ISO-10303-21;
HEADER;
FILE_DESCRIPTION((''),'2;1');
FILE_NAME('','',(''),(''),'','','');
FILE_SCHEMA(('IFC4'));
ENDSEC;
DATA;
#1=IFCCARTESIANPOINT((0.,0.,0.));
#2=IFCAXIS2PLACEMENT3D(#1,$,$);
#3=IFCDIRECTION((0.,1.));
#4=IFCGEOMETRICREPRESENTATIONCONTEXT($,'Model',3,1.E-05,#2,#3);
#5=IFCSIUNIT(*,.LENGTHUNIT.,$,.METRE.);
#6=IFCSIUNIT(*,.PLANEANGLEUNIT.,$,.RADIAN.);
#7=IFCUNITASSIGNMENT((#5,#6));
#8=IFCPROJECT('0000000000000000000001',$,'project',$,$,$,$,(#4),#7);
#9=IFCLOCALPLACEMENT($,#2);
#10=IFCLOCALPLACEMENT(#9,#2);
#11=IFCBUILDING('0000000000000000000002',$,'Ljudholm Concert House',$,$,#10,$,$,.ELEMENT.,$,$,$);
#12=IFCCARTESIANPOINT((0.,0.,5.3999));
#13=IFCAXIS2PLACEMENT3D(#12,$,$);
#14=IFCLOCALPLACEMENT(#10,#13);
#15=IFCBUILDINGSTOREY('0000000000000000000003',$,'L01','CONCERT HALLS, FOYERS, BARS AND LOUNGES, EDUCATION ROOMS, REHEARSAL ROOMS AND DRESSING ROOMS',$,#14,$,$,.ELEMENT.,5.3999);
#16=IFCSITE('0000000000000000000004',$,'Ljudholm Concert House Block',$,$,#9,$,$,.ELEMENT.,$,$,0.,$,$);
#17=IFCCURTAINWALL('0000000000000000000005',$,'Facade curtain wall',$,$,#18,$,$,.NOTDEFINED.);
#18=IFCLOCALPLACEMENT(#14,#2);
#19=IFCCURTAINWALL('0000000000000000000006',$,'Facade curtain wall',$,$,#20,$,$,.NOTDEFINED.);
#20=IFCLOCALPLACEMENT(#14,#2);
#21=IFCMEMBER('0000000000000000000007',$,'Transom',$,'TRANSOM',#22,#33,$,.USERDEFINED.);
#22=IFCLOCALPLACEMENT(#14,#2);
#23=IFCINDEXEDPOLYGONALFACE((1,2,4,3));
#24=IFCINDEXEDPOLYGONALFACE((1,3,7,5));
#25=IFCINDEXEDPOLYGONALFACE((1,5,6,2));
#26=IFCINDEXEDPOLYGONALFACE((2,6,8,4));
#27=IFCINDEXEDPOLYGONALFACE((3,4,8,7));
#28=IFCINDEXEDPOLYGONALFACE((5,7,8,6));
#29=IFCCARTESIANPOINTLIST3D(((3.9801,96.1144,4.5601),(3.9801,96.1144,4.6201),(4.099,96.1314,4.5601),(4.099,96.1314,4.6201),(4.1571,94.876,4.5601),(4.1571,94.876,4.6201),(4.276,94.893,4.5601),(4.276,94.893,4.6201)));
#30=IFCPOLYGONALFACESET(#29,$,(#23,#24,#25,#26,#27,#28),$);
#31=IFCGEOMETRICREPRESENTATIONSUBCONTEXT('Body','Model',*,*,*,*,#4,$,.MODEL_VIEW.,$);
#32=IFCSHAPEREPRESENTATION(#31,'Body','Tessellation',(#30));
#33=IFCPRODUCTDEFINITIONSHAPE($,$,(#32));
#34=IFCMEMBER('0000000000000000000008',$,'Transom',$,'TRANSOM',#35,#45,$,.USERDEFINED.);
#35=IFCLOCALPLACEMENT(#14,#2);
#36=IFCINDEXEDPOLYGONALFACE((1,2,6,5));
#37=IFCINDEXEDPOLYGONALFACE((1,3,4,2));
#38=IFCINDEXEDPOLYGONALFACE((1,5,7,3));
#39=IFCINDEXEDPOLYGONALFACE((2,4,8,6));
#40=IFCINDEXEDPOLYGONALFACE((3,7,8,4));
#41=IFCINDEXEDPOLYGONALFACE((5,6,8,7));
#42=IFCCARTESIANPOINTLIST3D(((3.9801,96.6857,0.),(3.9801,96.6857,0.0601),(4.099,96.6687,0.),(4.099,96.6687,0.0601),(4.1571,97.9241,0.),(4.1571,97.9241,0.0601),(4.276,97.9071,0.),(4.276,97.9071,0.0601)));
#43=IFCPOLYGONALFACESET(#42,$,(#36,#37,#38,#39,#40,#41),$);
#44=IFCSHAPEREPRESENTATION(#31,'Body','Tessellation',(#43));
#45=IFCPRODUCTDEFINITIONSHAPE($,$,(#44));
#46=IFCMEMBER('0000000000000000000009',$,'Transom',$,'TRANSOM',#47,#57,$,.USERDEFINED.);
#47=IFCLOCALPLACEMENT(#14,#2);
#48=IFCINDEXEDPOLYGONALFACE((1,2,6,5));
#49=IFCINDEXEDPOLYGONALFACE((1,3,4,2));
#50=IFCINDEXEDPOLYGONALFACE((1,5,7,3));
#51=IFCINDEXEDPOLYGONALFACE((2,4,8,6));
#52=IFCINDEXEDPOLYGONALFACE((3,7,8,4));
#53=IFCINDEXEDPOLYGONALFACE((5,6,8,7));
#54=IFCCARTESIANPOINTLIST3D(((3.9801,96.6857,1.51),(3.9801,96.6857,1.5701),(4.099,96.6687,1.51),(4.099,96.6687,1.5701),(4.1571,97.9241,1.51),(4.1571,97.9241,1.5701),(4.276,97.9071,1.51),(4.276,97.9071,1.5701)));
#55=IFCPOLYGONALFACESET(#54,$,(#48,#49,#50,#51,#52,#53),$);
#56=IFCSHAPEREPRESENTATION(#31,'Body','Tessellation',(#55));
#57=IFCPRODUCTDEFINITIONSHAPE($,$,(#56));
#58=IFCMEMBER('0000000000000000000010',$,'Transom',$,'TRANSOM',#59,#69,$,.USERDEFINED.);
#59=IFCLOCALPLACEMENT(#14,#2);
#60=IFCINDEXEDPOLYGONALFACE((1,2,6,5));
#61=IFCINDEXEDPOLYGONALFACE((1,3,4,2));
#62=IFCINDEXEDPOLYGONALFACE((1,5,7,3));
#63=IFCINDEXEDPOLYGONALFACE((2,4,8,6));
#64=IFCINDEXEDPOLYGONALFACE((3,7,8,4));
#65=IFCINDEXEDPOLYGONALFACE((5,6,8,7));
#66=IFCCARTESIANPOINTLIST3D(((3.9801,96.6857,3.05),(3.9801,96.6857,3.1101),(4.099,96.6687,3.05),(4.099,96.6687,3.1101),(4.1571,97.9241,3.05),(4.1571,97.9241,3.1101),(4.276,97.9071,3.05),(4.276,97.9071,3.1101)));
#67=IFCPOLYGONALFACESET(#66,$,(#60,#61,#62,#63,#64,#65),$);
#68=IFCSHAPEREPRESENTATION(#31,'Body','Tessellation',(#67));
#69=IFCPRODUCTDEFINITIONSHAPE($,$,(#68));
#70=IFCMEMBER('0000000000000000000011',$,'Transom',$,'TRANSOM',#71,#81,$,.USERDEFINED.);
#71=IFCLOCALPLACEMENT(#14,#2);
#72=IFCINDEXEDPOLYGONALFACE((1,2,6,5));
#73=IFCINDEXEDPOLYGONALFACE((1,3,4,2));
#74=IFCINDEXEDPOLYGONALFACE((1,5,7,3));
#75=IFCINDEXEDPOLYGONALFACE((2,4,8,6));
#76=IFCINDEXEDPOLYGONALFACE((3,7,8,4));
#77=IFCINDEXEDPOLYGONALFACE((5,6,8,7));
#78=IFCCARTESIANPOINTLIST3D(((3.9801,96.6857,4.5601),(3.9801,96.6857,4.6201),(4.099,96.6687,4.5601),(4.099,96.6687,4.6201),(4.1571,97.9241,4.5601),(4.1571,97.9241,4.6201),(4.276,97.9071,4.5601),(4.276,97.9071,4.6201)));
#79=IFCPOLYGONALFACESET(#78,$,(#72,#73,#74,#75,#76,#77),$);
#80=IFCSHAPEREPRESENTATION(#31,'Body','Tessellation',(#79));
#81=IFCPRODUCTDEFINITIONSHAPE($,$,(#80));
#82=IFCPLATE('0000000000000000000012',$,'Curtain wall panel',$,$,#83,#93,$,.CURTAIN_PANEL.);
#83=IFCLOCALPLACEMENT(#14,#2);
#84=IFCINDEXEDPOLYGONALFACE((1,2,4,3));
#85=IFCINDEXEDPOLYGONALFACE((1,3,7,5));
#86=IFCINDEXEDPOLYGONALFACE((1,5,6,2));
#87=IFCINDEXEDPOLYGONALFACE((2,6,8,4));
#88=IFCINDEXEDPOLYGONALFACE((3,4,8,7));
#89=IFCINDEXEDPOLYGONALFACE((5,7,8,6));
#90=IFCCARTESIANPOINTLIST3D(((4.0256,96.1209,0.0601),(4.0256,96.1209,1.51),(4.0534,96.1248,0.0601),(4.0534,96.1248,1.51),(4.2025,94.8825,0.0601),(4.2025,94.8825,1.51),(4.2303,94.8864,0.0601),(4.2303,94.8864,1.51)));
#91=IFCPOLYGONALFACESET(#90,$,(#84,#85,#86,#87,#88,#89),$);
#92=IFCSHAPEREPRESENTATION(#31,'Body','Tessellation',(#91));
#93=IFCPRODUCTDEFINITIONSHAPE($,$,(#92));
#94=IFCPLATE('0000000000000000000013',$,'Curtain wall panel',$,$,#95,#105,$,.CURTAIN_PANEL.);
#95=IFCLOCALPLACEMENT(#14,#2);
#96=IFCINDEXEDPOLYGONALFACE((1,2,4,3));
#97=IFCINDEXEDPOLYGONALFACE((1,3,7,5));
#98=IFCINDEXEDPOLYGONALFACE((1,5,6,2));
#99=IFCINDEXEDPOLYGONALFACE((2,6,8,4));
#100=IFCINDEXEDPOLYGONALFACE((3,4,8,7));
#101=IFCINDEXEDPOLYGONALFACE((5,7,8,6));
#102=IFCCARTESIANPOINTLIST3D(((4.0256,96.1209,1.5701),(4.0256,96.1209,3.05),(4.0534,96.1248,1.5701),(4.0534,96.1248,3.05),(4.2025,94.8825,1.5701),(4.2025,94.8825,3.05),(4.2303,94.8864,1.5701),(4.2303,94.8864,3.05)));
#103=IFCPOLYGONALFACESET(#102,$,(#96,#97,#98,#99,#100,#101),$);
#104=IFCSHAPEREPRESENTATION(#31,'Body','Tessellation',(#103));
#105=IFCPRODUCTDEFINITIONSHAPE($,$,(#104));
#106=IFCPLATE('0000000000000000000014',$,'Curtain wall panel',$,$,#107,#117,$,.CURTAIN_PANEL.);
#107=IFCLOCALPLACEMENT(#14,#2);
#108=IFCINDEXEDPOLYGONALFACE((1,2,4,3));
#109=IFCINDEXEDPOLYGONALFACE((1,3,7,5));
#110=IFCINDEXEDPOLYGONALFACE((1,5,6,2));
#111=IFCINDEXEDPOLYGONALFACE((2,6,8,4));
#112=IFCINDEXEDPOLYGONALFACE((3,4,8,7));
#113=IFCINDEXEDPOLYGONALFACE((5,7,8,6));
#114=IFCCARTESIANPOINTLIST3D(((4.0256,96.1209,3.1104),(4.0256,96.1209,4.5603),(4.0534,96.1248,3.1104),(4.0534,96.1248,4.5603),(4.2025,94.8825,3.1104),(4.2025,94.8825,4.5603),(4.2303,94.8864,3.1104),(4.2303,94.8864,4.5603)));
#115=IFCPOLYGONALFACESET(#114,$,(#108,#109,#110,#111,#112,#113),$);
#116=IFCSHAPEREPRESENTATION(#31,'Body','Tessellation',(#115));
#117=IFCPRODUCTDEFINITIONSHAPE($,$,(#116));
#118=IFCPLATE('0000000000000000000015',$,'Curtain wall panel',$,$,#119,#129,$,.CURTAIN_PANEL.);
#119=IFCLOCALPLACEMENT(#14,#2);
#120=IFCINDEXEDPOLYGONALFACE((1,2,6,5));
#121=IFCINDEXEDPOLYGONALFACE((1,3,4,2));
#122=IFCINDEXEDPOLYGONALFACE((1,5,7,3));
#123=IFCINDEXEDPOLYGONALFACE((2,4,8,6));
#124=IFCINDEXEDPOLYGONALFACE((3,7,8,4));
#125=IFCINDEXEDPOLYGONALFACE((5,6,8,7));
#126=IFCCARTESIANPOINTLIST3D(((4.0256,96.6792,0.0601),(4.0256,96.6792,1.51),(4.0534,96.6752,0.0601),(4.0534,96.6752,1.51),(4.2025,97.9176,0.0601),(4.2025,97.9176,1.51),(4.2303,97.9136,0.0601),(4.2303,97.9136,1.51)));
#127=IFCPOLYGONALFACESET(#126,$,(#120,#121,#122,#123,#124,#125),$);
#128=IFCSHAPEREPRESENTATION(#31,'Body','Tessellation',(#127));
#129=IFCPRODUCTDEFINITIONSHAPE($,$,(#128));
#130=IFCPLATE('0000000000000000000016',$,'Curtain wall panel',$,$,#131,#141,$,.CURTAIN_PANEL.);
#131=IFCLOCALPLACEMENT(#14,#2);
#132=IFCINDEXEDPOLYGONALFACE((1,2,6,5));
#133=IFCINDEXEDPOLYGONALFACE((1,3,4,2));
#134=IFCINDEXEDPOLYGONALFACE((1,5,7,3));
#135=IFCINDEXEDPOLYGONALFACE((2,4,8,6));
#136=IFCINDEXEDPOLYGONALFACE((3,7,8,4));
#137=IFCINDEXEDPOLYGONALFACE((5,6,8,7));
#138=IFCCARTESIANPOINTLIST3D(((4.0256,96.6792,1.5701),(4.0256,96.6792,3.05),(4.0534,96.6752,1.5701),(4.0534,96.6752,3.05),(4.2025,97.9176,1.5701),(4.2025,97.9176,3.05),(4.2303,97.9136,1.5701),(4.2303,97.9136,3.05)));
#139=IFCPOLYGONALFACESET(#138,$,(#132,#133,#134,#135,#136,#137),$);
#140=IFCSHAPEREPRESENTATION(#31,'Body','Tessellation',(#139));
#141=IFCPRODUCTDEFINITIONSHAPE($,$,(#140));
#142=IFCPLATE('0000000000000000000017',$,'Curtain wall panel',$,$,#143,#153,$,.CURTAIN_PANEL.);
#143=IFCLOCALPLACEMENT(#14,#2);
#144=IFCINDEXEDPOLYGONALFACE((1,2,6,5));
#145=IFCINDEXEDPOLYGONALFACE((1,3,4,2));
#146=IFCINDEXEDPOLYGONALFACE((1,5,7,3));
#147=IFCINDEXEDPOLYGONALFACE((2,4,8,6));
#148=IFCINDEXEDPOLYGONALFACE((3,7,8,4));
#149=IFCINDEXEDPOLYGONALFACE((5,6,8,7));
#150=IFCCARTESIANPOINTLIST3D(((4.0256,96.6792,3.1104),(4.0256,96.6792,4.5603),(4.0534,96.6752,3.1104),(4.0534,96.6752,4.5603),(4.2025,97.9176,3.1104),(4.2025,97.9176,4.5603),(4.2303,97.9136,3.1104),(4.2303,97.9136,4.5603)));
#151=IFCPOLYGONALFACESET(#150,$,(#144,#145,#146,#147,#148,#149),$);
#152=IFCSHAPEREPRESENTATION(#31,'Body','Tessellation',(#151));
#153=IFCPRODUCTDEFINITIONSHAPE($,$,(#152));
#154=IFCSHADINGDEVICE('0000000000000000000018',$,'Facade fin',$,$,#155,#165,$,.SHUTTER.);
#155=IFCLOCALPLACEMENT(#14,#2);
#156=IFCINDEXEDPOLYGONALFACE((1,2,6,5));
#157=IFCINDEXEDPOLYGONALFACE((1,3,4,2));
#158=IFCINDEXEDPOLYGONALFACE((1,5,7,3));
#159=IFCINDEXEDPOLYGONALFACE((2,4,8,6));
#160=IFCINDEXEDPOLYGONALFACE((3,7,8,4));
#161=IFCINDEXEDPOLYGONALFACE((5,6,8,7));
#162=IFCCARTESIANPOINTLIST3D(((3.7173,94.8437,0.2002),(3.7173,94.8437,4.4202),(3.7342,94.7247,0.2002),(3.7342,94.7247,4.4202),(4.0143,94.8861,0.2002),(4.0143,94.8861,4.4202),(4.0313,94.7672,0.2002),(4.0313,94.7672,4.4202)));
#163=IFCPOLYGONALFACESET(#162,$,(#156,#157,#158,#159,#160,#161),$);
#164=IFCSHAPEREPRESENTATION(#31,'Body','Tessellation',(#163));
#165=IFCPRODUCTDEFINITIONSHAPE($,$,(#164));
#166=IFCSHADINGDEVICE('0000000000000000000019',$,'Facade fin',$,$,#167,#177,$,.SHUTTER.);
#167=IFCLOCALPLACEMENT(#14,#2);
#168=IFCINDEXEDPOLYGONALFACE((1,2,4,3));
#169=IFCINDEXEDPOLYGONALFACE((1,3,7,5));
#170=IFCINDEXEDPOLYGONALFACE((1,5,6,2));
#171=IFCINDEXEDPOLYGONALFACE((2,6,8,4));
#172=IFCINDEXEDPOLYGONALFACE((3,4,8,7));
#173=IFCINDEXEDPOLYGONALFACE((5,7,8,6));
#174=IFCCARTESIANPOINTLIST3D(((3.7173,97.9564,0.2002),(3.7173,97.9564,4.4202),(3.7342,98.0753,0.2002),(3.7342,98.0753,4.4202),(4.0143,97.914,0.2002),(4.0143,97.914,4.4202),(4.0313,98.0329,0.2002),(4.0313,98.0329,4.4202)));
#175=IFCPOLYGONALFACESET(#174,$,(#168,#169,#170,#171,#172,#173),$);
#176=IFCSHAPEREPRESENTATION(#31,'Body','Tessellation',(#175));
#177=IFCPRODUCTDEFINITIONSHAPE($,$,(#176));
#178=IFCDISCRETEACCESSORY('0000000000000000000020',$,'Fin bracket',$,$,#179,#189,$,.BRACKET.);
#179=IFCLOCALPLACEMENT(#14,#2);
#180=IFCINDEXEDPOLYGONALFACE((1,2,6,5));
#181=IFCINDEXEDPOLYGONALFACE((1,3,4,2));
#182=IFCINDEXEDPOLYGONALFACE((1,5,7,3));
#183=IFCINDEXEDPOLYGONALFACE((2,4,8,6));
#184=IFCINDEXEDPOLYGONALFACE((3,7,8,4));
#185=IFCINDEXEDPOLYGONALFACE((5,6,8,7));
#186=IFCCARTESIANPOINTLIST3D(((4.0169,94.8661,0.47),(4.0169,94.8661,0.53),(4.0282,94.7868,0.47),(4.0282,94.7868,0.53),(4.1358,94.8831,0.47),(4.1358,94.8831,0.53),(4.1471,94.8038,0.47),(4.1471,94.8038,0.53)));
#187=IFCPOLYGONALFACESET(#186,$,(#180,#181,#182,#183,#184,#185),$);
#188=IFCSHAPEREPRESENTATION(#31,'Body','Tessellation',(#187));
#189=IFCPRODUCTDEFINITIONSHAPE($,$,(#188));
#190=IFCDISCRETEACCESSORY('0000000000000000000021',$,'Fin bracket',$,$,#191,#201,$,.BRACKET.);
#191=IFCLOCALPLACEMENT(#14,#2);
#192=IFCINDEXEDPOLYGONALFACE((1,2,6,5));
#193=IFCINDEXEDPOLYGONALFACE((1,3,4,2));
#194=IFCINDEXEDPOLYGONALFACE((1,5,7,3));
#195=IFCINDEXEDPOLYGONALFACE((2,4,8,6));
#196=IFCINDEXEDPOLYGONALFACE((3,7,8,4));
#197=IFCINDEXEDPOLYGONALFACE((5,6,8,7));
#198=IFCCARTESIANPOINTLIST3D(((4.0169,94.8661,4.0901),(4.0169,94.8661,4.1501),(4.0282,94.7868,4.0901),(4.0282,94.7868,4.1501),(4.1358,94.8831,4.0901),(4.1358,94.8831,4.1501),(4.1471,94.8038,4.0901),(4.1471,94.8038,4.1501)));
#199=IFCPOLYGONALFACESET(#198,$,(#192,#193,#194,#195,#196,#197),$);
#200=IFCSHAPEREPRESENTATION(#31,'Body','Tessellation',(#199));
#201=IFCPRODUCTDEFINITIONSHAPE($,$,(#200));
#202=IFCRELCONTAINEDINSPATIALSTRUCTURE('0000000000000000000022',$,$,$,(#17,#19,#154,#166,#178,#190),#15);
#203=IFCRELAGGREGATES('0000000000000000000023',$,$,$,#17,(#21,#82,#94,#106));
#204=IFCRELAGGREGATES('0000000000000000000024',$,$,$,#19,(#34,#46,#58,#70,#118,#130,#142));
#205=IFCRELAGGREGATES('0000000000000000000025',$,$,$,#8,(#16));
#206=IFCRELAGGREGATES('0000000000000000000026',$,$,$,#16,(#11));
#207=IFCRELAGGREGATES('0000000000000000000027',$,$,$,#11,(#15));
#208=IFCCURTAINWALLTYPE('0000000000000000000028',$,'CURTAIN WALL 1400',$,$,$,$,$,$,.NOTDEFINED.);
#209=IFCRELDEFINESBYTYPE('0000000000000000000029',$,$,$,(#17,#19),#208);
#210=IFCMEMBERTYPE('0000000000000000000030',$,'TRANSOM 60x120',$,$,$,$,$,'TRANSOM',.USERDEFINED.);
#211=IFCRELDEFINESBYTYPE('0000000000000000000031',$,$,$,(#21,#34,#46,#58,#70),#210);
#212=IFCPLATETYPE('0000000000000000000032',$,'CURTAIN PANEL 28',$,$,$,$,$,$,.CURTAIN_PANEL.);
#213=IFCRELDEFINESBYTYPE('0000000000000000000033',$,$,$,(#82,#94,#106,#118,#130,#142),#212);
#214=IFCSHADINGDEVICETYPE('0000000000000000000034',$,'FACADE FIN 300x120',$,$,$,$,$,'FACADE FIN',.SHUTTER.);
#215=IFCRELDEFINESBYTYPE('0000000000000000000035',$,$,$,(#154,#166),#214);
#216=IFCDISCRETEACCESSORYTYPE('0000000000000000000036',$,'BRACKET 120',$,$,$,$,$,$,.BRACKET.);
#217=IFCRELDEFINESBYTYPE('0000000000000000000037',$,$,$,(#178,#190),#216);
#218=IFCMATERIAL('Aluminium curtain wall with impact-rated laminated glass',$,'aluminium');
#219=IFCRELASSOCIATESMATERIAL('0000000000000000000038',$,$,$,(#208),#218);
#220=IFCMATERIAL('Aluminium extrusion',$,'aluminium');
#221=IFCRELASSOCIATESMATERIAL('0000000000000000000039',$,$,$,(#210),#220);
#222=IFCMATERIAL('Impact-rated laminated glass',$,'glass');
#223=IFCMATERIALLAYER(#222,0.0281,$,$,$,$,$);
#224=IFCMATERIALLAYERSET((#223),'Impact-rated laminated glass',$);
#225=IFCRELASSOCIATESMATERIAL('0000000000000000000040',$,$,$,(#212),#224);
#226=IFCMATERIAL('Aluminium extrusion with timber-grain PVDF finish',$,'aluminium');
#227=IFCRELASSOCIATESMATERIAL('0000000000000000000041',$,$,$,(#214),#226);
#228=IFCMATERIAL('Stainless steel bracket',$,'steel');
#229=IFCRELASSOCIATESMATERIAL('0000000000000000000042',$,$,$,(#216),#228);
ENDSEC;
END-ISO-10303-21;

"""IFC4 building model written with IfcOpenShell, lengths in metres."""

from ifc_helpers import new_model, si_unit, direction, frame, origin, origin_2d, place, context, subcontext, project, spatial, rectangle, extrude, material, layer, layer_set, material_profile, profile_set, type_object, element, aggregate, save


model = new_model("IFC4")

# Units and contexts
model_context = context("Model", 3, precision=1e-05, world=origin(), true_north=direction((0.0, 1.0)))
body_context = subcontext(model_context, "Body", "Model", "MODEL_VIEW")
ifc_project = project(units=[si_unit("LENGTHUNIT", "METRE"), si_unit("PLANEANGLEUNIT", "RADIAN")], contexts=[model_context])

# Site, building, storey
site_placement = place(None, origin())
site = spatial("IfcSite", under=ifc_project, at=site_placement, Name="Ljudholm Concert House Block", CompositionType="ELEMENT", RefElevation=0.0)
building_placement = place(site_placement, origin())
building = spatial("IfcBuilding", under=site, at=building_placement, Name="Ljudholm Concert House", CompositionType="ELEMENT")
storey_placement = place(building_placement, frame((0.0, 0.0, 5.3999)))
storey = spatial("IfcBuildingStorey", under=building, at=storey_placement, Name="L01", Description="CONCERT HALLS, FOYERS, BARS AND LOUNGES, EDUCATION ROOMS, REHEARSAL ROOMS AND DRESSING ROOMS", CompositionType="ELEMENT", Elevation=5.3999)

# Curtain walls
ifc_material_1 = material(Name="Aluminium curtain wall with impact-rated laminated glass", Category="aluminium")
curtain_wall_type = type_object("IfcCurtainWallType", Name="CURTAIN WALL 1400", PredefinedType="NOTDEFINED", material=ifc_material_1)
curtain_wall_1_placement = place(storey_placement, origin())
curtain_wall_1 = element("IfcCurtainWall", 1, at=curtain_wall_1_placement, inside=storey, type_object=curtain_wall_type, Name="Facade curtain wall", PredefinedType="NOTDEFINED")
curtain_wall_2_placement = place(storey_placement, origin())
curtain_wall_2 = element("IfcCurtainWall", 2, at=curtain_wall_2_placement, inside=storey, type_object=curtain_wall_type, Name="Facade curtain wall", PredefinedType="NOTDEFINED")

# Members
ifc_material_2 = material(Name="Aluminium extrusion", Category="aluminium")
ifc_material_profile_1 = material_profile(ifc_material_2, rectangle(XDim=0.1201, YDim=0.0601, at=origin_2d()), Name="TRANSOM 60x120")
ifc_profile_set_1 = profile_set([ifc_material_profile_1], Name="Aluminium extrusion")
member_type_1 = type_object("IfcMemberType", Name="TRANSOM 60x120", ElementType="TRANSOM", PredefinedType="USERDEFINED", material=ifc_profile_set_1)
member_1_placement = place(storey_placement, frame((4.2166, 94.8845, 4.5901), z_axis=(-0.141503, 0.989938, 0.0), x_axis=(-0.989938, -0.141503, 0.0)))
member_1 = element("IfcMember", 3, at=member_1_placement, type_object=member_type_1, Name="Transom", ObjectType="TRANSOM", PredefinedType="USERDEFINED", context=body_context, shape_type="SweptSolid", body=[
    extrude(rectangle(XDim=0.1201, YDim=0.0601, at=origin_2d()), origin(), (0.0, 0.0, 1.0), 1.251),
])
member_2_placement = place(storey_placement, frame((4.0396, 96.6772, 0.03), z_axis=(0.141503, 0.989938, 0.0), x_axis=(-0.989938, 0.141503, 0.0)))
member_2 = element("IfcMember", 4, at=member_2_placement, type_object=member_type_1, Name="Transom", ObjectType="TRANSOM", PredefinedType="USERDEFINED", context=body_context, shape_type="SweptSolid", body=[
    extrude(rectangle(XDim=0.1201, YDim=0.0601, at=origin_2d()), origin(), (0.0, 0.0, 1.0), 1.251),
])
member_3_placement = place(storey_placement, frame((4.0396, 96.6772, 1.54), z_axis=(0.141503, 0.989938, 0.0), x_axis=(-0.989938, 0.141503, 0.0)))
member_3 = element("IfcMember", 5, at=member_3_placement, type_object=member_type_1, Name="Transom", ObjectType="TRANSOM", PredefinedType="USERDEFINED", context=body_context, shape_type="SweptSolid", body=[
    extrude(rectangle(XDim=0.1201, YDim=0.0601, at=origin_2d()), origin(), (0.0, 0.0, 1.0), 1.251),
])
member_4_placement = place(storey_placement, frame((4.0396, 96.6772, 3.0801), z_axis=(0.141503, 0.989938, 0.0), x_axis=(-0.989938, 0.141503, 0.0)))
member_4 = element("IfcMember", 6, at=member_4_placement, type_object=member_type_1, Name="Transom", ObjectType="TRANSOM", PredefinedType="USERDEFINED", context=body_context, shape_type="SweptSolid", body=[
    extrude(rectangle(XDim=0.1201, YDim=0.0601, at=origin_2d()), origin(), (0.0, 0.0, 1.0), 1.251),
])
member_5_placement = place(storey_placement, frame((4.0396, 96.6772, 4.5901), z_axis=(0.141503, 0.989938, 0.0), x_axis=(-0.989938, 0.141503, 0.0)))
member_5 = element("IfcMember", 7, at=member_5_placement, type_object=member_type_1, Name="Transom", ObjectType="TRANSOM", PredefinedType="USERDEFINED", context=body_context, shape_type="SweptSolid", body=[
    extrude(rectangle(XDim=0.1201, YDim=0.0601, at=origin_2d()), origin(), (0.0, 0.0, 1.0), 1.251),
])

# Plates
ifc_material_3 = material(Name="Impact-rated laminated glass", Category="glass")
ifc_layer = layer(ifc_material_3, 0.0281)
ifc_layer_set = layer_set([ifc_layer], Name="Impact-rated laminated glass")
plate_type = type_object("IfcPlateType", Name="CURTAIN PANEL 28", PredefinedType="CURTAIN_PANEL", material=ifc_layer_set)
plate_1_placement = place(storey_placement, frame((4.1279, 95.5037, 0.0601), z_axis=(0.0, 0.0, 1.0), x_axis=(-0.141421, 0.989949, 0.0)))
plate_1 = element("IfcPlate", 8, at=plate_1_placement, type_object=plate_type, Name="Curtain wall panel", PredefinedType="CURTAIN_PANEL", context=body_context, shape_type="SweptSolid", body=[
    extrude(rectangle(XDim=1.251, YDim=0.0281, at=origin_2d()), origin(), (0.0, 0.0, 1.0), 1.45),
])
plate_2_placement = place(storey_placement, frame((4.1279, 95.5037, 1.5701), z_axis=(0.0, 0.0, 1.0), x_axis=(-0.141421, 0.989949, 0.0)))
plate_2 = element("IfcPlate", 9, at=plate_2_placement, type_object=plate_type, Name="Curtain wall panel", PredefinedType="CURTAIN_PANEL", context=body_context, shape_type="SweptSolid", body=[
    extrude(rectangle(XDim=1.251, YDim=0.0281, at=origin_2d()), origin(), (0.0, 0.0, 1.0), 1.48),
])
plate_3_placement = place(storey_placement, frame((4.1279, 95.5037, 3.1104), z_axis=(0.0, 0.0, 1.0), x_axis=(-0.141421, 0.989949, 0.0)))
plate_3 = element("IfcPlate", 10, at=plate_3_placement, type_object=plate_type, Name="Curtain wall panel", PredefinedType="CURTAIN_PANEL", context=body_context, shape_type="SweptSolid", body=[
    extrude(rectangle(XDim=1.251, YDim=0.0281, at=origin_2d()), origin(), (0.0, 0.0, 1.0), 1.45),
])
aggregate(curtain_wall_1, [member_1, plate_1, plate_2, plate_3])
plate_4_placement = place(storey_placement, frame((4.1279, 97.2964, 0.0601), z_axis=(0.0, 0.0, 1.0), x_axis=(0.141421, 0.989949, 0.0)))
plate_4 = element("IfcPlate", 11, at=plate_4_placement, type_object=plate_type, Name="Curtain wall panel", PredefinedType="CURTAIN_PANEL", context=body_context, shape_type="SweptSolid", body=[
    extrude(rectangle(XDim=1.251, YDim=0.0281, at=origin_2d()), origin(), (0.0, 0.0, 1.0), 1.45),
])
plate_5_placement = place(storey_placement, frame((4.1279, 97.2964, 1.5701), z_axis=(0.0, 0.0, 1.0), x_axis=(0.141421, 0.989949, 0.0)))
plate_5 = element("IfcPlate", 12, at=plate_5_placement, type_object=plate_type, Name="Curtain wall panel", PredefinedType="CURTAIN_PANEL", context=body_context, shape_type="SweptSolid", body=[
    extrude(rectangle(XDim=1.251, YDim=0.0281, at=origin_2d()), origin(), (0.0, 0.0, 1.0), 1.48),
])
plate_6_placement = place(storey_placement, frame((4.1279, 97.2964, 3.1104), z_axis=(0.0, 0.0, 1.0), x_axis=(0.141421, 0.989949, 0.0)))
plate_6 = element("IfcPlate", 13, at=plate_6_placement, type_object=plate_type, Name="Curtain wall panel", PredefinedType="CURTAIN_PANEL", context=body_context, shape_type="SweptSolid", body=[
    extrude(rectangle(XDim=1.251, YDim=0.0281, at=origin_2d()), origin(), (0.0, 0.0, 1.0), 1.45),
])
aggregate(curtain_wall_2, [member_2, member_3, member_4, member_5, plate_4, plate_5, plate_6])

# Shading devices
ifc_material_4 = material(Name="Aluminium extrusion with timber-grain PVDF finish", Category="aluminium")
shading_device_type = type_object("IfcShadingDeviceType", Name="FACADE FIN 300x120", ElementType="FACADE FIN", PredefinedType="SHUTTER", material=ifc_material_4)
for number, where, z_axis, x_axis, name in (
    (14, (3.8743, 94.8054, 0.2002), (0.0, 0.0, 1.0), (-0.989949, -0.141421, 0.0), "Facade fin"),
    (15, (3.8743, 97.9946, 0.2002), (0.0, 0.0, 1.0), (-0.989949, 0.141421, 0.0), "Facade fin"),
):
    element("IfcShadingDevice", number, at=place(storey_placement, frame(where, z_axis=z_axis, x_axis=x_axis)), inside=storey, type_object=shading_device_type, Name=name, PredefinedType="SHUTTER", context=body_context, shape_type="SweptSolid", body=[
        extrude(rectangle(XDim=0.3, YDim=0.1201, at=origin_2d()), origin(), (0.0, 0.0, 1.0), 4.22),
    ])

# Discrete accessories
ifc_material_5 = material(Name="Stainless steel bracket", Category="steel")
discrete_accessory_type = type_object("IfcDiscreteAccessoryType", Name="BRACKET 120", PredefinedType="BRACKET", material=ifc_material_5)
for number, where, z_axis, x_axis, name in (
    (16, (4.082, 94.835, 0.47), (0.0, 0.0, 1.0), (-0.989949, -0.141421, 0.0), "Fin bracket"),
    (17, (4.082, 94.835, 4.0901), (0.0, 0.0, 1.0), (-0.989949, -0.141421, 0.0), "Fin bracket"),
):
    element("IfcDiscreteAccessory", number, at=place(storey_placement, frame(where, z_axis=z_axis, x_axis=x_axis)), inside=storey, type_object=discrete_accessory_type, Name=name, PredefinedType="BRACKET", context=body_context, shape_type="SweptSolid", body=[
        extrude(rectangle(XDim=0.1201, YDim=0.0801, at=origin_2d()), origin(), (0.0, 0.0, 1.0), 0.0601),
    ])

save(model, "model.ifc")
